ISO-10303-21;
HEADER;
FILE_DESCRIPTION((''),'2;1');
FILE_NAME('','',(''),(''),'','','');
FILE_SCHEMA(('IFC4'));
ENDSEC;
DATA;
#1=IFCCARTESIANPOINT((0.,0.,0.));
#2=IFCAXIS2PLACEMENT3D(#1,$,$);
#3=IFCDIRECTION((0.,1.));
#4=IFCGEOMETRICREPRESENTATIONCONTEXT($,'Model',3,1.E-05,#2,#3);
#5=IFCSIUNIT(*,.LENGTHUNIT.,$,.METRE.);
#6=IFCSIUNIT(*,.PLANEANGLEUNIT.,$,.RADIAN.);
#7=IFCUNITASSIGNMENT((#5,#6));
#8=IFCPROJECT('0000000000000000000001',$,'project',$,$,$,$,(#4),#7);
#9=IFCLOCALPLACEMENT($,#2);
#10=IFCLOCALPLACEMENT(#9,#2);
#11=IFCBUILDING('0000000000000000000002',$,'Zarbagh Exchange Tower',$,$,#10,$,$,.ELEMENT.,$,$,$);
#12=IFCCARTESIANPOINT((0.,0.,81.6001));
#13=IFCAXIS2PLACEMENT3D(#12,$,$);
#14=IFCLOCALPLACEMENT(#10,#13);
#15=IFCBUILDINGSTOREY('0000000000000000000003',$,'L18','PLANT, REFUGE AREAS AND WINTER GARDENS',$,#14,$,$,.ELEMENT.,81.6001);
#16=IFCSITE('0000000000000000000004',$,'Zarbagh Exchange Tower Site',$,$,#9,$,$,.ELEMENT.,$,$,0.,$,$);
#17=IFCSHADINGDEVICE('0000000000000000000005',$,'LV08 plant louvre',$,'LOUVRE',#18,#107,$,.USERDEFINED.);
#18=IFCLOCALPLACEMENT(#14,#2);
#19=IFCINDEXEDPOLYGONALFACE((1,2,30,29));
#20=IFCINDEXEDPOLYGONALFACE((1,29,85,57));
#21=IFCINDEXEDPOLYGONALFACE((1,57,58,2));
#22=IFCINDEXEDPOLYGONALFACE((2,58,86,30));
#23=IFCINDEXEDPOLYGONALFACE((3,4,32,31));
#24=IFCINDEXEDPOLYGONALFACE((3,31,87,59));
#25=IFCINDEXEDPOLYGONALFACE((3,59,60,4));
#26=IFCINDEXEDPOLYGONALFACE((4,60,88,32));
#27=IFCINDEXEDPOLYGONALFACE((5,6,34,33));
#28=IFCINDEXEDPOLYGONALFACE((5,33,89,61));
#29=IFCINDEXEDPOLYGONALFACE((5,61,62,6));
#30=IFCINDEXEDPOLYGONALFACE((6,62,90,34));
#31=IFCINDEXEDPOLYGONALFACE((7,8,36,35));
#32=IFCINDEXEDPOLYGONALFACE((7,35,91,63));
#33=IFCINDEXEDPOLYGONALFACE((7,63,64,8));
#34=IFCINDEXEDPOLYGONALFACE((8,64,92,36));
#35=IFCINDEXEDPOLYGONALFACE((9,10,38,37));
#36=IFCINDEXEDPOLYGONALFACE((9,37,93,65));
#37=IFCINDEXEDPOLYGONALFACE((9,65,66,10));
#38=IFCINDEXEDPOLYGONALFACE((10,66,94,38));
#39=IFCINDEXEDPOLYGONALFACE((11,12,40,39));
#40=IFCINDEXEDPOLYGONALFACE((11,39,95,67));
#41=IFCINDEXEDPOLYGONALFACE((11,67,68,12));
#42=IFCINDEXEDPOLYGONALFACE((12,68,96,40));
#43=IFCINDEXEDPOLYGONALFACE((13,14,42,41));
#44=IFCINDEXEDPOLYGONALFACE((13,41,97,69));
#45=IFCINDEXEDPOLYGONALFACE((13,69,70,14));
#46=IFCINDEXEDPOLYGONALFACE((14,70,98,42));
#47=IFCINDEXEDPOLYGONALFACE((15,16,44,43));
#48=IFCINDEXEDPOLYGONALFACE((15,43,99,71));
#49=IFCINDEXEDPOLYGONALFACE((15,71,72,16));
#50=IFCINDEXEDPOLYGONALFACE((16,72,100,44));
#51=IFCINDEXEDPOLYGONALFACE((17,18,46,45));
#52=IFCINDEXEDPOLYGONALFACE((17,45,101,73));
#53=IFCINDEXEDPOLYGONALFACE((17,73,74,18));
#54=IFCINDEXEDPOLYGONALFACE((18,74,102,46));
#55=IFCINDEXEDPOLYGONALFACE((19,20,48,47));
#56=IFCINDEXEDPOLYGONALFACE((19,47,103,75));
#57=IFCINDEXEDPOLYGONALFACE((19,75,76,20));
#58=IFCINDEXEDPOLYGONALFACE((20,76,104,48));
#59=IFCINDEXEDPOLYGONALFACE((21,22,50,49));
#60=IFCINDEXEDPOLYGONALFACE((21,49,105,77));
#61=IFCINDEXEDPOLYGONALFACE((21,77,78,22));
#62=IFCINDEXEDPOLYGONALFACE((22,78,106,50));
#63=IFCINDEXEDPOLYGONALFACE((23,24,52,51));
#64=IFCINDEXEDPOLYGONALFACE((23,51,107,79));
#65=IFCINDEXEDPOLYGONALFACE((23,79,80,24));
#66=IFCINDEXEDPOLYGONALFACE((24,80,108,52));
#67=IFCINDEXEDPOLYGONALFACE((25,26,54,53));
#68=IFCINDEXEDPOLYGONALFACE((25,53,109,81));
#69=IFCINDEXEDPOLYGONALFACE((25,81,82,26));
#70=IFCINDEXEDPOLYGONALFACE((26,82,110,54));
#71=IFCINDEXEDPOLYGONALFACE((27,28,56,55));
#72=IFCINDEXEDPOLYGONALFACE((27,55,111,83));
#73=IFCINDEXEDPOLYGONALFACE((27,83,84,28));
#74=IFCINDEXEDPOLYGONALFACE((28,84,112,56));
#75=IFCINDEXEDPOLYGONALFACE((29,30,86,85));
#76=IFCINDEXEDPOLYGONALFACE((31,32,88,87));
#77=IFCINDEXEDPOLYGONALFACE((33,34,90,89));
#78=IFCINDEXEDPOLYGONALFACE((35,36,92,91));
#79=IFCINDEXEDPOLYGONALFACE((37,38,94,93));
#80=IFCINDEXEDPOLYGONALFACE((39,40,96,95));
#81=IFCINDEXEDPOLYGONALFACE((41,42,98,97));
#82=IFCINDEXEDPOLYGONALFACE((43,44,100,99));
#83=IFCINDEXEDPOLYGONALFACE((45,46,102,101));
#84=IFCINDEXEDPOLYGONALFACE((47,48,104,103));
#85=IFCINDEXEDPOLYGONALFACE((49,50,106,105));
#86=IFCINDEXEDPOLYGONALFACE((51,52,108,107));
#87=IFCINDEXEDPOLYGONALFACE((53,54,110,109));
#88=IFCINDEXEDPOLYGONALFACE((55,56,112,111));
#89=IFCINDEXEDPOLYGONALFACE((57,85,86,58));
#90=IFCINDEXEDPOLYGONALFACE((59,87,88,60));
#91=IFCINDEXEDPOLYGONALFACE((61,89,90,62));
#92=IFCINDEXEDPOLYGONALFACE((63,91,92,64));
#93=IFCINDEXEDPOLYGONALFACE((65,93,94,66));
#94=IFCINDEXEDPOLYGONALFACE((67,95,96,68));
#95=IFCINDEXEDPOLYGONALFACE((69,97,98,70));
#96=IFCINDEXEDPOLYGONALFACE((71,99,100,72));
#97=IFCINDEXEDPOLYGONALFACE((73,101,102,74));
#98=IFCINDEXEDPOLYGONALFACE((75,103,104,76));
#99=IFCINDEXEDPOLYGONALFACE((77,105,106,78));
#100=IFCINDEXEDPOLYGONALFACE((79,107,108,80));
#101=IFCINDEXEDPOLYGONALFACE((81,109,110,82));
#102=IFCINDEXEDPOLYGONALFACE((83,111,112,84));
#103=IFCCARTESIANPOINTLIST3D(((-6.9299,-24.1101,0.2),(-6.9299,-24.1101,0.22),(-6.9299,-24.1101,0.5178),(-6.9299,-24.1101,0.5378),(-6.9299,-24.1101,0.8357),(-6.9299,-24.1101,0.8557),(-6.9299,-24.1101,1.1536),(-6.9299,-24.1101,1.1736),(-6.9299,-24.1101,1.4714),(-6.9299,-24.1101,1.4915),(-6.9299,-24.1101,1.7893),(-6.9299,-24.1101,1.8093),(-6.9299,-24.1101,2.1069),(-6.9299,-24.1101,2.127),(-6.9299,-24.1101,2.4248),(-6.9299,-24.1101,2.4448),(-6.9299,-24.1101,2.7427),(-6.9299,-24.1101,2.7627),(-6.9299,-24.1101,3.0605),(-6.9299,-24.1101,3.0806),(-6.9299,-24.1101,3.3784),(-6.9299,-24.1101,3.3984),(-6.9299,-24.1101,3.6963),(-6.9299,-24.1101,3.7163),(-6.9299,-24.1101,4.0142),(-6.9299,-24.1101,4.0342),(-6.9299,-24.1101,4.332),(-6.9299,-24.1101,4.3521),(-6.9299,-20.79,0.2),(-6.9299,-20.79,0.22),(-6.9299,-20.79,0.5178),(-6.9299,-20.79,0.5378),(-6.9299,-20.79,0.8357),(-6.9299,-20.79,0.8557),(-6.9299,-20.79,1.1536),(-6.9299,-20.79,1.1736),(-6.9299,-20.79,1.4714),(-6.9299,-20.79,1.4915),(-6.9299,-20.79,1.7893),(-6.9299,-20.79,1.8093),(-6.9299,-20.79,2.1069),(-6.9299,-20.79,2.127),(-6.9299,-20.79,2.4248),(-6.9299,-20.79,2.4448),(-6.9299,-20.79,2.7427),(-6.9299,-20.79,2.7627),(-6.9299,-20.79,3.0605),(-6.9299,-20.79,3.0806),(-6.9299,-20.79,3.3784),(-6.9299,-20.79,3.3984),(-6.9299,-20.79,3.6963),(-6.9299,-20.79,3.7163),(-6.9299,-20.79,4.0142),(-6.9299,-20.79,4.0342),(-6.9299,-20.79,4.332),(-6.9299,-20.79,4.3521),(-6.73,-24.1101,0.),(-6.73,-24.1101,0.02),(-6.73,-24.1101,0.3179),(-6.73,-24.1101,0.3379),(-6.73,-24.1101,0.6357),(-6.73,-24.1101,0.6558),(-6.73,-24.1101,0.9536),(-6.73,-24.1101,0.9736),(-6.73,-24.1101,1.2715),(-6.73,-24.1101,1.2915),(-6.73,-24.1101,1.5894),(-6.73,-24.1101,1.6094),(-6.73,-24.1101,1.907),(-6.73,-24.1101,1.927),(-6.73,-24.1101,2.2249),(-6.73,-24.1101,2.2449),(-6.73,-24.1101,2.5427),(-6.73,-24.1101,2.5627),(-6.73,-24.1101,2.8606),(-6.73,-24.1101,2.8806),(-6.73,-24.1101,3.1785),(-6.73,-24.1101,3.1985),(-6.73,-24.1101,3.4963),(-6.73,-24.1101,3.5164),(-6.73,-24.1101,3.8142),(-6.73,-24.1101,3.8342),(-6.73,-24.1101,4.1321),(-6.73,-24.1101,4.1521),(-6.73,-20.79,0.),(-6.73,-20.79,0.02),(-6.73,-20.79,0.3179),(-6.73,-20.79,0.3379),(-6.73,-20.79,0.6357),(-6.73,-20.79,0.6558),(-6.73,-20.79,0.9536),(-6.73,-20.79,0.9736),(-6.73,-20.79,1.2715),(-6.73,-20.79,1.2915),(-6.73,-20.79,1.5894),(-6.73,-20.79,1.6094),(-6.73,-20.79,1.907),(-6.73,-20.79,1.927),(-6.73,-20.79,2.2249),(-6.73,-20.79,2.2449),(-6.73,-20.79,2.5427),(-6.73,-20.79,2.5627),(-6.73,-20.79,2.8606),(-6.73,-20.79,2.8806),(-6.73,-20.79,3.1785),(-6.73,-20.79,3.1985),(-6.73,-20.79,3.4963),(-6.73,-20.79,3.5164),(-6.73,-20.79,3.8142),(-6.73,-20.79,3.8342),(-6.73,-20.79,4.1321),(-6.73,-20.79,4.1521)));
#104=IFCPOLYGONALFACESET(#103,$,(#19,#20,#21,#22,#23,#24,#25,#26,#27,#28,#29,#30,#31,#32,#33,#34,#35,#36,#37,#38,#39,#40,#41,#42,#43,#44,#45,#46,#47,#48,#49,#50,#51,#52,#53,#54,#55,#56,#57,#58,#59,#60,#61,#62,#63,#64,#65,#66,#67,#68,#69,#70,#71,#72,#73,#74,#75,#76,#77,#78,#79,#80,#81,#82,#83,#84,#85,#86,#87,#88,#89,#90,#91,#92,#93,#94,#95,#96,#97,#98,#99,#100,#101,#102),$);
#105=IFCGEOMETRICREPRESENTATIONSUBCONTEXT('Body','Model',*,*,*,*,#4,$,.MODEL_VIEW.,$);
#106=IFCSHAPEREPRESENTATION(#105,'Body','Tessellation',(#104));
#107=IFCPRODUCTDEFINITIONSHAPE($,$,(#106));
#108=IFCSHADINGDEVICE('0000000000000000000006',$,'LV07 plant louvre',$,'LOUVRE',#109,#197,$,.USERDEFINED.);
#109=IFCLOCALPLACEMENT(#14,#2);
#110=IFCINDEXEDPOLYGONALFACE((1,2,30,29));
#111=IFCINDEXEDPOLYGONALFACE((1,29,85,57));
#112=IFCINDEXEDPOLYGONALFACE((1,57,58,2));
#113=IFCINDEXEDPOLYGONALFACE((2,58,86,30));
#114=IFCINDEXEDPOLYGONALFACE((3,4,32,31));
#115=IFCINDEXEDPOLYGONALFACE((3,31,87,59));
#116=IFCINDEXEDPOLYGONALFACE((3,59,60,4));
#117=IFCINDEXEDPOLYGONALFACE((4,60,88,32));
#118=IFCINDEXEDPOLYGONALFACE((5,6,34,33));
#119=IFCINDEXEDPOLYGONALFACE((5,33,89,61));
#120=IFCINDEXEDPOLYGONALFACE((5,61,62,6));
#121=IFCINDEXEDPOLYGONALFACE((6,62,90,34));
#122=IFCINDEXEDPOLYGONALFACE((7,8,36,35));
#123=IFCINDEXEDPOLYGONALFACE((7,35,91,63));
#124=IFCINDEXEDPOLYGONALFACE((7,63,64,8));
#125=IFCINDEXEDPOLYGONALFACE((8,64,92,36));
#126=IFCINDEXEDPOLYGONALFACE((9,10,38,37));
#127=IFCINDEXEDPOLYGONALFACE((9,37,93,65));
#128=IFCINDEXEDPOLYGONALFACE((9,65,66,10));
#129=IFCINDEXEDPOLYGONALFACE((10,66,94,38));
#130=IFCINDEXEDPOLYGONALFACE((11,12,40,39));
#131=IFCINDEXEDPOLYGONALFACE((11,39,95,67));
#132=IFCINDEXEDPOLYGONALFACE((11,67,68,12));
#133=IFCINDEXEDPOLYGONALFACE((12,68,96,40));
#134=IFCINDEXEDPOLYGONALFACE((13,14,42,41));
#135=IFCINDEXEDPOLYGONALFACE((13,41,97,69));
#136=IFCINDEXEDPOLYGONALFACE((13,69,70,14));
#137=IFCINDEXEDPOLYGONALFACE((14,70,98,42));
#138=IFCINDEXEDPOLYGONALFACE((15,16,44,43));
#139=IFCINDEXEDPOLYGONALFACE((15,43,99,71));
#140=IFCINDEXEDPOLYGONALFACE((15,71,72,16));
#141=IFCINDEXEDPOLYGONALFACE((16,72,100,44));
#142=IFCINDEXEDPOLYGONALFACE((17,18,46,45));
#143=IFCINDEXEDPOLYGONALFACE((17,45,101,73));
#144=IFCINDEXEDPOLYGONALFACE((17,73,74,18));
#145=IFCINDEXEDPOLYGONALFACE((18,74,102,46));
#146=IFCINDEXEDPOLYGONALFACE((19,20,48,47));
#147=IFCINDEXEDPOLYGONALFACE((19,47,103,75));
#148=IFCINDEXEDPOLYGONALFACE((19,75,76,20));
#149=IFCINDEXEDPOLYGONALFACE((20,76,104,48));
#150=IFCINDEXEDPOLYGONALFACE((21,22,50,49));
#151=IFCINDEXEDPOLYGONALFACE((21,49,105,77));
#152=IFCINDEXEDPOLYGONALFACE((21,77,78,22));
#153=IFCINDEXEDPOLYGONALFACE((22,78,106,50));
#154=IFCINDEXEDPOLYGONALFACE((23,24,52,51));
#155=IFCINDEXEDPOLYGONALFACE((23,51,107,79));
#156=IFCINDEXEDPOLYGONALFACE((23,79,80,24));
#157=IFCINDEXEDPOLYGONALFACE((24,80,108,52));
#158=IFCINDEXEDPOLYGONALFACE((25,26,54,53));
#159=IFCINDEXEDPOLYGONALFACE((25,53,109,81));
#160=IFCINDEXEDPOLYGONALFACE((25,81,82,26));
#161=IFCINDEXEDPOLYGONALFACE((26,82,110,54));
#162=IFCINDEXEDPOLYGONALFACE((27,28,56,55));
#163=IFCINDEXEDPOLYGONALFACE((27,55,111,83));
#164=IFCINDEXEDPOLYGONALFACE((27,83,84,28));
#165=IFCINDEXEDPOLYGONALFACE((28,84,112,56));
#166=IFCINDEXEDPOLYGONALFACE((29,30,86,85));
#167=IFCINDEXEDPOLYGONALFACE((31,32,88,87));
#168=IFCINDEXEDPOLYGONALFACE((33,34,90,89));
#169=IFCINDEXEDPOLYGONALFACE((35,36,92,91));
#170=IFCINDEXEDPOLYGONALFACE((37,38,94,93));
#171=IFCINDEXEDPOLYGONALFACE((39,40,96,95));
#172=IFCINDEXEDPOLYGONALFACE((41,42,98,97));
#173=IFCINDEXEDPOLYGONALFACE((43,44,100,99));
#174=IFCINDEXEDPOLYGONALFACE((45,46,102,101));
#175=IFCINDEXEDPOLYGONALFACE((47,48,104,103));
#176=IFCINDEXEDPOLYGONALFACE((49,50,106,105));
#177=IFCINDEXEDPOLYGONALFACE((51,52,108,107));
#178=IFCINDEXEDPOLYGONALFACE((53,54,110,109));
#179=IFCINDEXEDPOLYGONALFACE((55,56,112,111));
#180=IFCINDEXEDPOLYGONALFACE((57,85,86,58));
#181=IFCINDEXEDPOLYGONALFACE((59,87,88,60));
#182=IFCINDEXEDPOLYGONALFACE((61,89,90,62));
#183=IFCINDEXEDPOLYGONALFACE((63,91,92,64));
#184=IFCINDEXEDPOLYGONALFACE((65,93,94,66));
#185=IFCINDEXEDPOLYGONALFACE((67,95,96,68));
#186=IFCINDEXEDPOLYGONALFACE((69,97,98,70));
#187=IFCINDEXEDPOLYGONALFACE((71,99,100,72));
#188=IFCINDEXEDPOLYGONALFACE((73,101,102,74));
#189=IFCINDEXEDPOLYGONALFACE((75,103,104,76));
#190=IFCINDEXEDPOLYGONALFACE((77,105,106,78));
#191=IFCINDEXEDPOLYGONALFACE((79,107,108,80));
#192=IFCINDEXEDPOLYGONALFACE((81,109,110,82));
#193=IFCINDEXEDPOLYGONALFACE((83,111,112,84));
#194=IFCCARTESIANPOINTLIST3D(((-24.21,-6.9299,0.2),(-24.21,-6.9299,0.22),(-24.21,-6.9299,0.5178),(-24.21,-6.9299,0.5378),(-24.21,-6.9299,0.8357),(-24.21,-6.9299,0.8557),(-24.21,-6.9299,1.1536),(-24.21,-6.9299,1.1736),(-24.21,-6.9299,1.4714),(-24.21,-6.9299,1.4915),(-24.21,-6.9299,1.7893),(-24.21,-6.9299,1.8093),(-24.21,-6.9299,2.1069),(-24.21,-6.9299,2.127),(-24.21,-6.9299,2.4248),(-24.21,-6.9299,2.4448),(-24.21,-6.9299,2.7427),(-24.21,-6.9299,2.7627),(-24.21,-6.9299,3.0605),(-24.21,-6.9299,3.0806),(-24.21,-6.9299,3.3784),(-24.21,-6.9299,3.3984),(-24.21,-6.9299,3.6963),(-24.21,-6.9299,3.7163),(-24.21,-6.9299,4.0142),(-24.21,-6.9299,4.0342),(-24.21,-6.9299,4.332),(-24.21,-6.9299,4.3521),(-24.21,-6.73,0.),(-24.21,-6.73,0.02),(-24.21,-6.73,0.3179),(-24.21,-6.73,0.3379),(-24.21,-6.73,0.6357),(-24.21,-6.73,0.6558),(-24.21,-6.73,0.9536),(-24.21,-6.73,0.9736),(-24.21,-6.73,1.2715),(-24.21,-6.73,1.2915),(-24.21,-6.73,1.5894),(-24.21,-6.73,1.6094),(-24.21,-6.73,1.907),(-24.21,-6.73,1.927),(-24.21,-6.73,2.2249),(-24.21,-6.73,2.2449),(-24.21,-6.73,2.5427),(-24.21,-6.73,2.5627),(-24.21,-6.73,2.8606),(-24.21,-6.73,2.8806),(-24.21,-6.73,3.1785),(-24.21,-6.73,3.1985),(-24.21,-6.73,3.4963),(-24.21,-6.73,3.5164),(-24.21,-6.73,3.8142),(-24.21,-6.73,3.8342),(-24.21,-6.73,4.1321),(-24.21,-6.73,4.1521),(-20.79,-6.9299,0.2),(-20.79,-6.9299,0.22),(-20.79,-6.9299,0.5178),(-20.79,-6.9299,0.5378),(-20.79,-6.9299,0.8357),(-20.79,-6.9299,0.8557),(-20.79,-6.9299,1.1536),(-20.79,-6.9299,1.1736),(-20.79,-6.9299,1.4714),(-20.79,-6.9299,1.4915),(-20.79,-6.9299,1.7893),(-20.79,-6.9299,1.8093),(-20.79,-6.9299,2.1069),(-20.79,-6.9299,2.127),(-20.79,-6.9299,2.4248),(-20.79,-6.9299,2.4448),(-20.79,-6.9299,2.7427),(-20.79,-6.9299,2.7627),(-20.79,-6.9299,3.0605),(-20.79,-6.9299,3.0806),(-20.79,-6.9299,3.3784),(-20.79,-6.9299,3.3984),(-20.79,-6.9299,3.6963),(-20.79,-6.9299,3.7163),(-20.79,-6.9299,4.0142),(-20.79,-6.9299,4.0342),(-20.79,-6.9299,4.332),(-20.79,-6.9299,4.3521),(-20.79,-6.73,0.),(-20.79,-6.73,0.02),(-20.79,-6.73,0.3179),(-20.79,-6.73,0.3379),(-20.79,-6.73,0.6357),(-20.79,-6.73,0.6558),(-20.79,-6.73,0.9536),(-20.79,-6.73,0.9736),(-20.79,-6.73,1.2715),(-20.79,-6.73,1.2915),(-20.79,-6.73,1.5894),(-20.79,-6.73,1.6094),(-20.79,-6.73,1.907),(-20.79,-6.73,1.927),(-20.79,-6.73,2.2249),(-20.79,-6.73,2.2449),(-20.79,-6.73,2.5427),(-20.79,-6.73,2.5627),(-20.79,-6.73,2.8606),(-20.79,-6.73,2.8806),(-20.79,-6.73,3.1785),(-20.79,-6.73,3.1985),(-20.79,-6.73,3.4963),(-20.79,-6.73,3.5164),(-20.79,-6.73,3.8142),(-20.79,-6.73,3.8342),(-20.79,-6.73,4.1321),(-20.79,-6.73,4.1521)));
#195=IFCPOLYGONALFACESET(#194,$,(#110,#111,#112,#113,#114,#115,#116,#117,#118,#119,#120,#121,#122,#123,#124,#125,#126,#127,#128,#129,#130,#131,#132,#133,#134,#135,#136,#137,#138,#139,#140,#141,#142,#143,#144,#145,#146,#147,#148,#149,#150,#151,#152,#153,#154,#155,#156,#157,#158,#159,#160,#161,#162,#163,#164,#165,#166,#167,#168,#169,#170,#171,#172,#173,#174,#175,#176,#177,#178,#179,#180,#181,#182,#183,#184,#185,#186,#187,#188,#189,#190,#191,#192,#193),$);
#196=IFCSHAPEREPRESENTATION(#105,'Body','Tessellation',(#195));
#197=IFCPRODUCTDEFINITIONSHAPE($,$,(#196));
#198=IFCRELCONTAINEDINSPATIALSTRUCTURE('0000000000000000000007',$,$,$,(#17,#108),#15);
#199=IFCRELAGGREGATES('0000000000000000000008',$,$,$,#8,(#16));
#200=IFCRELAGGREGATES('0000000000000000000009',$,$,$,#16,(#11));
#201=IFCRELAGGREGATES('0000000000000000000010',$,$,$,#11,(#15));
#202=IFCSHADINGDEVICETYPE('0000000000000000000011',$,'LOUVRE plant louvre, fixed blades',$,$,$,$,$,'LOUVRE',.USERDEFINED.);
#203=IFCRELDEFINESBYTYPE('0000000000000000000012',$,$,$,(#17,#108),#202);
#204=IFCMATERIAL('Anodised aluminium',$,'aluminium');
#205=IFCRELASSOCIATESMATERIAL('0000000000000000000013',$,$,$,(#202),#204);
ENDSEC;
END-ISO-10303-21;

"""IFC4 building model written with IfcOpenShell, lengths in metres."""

from ifc_helpers import new_model, si_unit, direction, frame, origin, place, context, subcontext, project, spatial, polyline, outline, extrude, source, transform, mapped, material, type_object, element, save


model = new_model("IFC4")

# Units and contexts
model_context = context("Model", 3, precision=1e-05, world=origin(), true_north=direction((0.0, 1.0)))
body_context = subcontext(model_context, "Body", "Model", "MODEL_VIEW")
ifc_project = project(units=[si_unit("LENGTHUNIT", "METRE"), si_unit("PLANEANGLEUNIT", "RADIAN")], contexts=[model_context])

# Site, building, storey
site_placement = place(None, origin())
site = spatial("IfcSite", under=ifc_project, at=site_placement, Name="Zarbagh Exchange Tower Site", CompositionType="ELEMENT", RefElevation=0.0)
building_placement = place(site_placement, origin())
building = spatial("IfcBuilding", under=site, at=building_placement, Name="Zarbagh Exchange Tower", CompositionType="ELEMENT")
storey_placement = place(building_placement, frame((0.0, 0.0, 81.6001)))
storey = spatial("IfcBuildingStorey", under=building, at=storey_placement, Name="L18", Description="PLANT, REFUGE AREAS AND WINTER GARDENS", CompositionType="ELEMENT", Elevation=81.6001)

# Shared definitions
placement = place(storey_placement, origin())

# Shading devices
ifc_material_1 = material(Name="Anodised aluminium", Category="aluminium")
shading_device_type = type_object("IfcShadingDeviceType", Name="LOUVRE plant louvre, fixed blades", ElementType="LOUVRE", PredefinedType="USERDEFINED", material=ifc_material_1)
shared_shape_1 = source(origin(), body_context, "Body", "SweptSolid", [
    extrude(outline(polyline([(0.0, 0.2), (0.2, 0.0), (0.2, -0.02), (0.0, 0.1799), (0.0, 0.2)])), origin(), (0.0, 0.0, 1.0), 3.3201),
])
element("IfcShadingDevice", 1, at=placement, inside=storey, type_object=shading_device_type, Name="LV08 plant louvre", ObjectType="LOUVRE", PredefinedType="USERDEFINED", context=body_context, shape_type="MappedRepresentation", body=[
    mapped(shared_shape_1, transform((-6.73, -20.79, 0.2), x_axis=(-1.0, 0.0, 0.0), y_axis=(0.0, 0.0, -1.0), z_axis=(0.0, -1.0, 0.0))),
    mapped(shared_shape_1, transform((-6.73, -20.79, 0.5178), x_axis=(-1.0, 0.0, 0.0), y_axis=(0.0, 0.0, -1.0), z_axis=(0.0, -1.0, 0.0))),
    mapped(shared_shape_1, transform((-6.73, -20.79, 0.8357), x_axis=(-1.0, 0.0, 0.0), y_axis=(0.0, 0.0, -1.0), z_axis=(0.0, -1.0, 0.0))),
    mapped(shared_shape_1, transform((-6.73, -20.79, 1.1536), x_axis=(-1.0, 0.0, 0.0), y_axis=(0.0, 0.0, -1.0), z_axis=(0.0, -1.0, 0.0))),
    mapped(shared_shape_1, transform((-6.73, -20.79, 1.4714), x_axis=(-1.0, 0.0, 0.0), y_axis=(0.0, 0.0, -1.0), z_axis=(0.0, -1.0, 0.0))),
    mapped(shared_shape_1, transform((-6.73, -20.79, 1.7893), x_axis=(-1.0, 0.0, 0.0), y_axis=(0.0, 0.0, -1.0), z_axis=(0.0, -1.0, 0.0))),
    mapped(shared_shape_1, transform((-6.73, -20.79, 2.1069), x_axis=(-1.0, 0.0, 0.0), y_axis=(0.0, 0.0, -1.0), z_axis=(0.0, -1.0, 0.0))),
    mapped(shared_shape_1, transform((-6.73, -20.79, 2.4248), x_axis=(-1.0, 0.0, 0.0), y_axis=(0.0, 0.0, -1.0), z_axis=(0.0, -1.0, 0.0))),
    mapped(shared_shape_1, transform((-6.73, -20.79, 2.7427), x_axis=(-1.0, 0.0, 0.0), y_axis=(0.0, 0.0, -1.0), z_axis=(0.0, -1.0, 0.0))),
    mapped(shared_shape_1, transform((-6.73, -20.79, 3.0605), x_axis=(-1.0, 0.0, 0.0), y_axis=(0.0, 0.0, -1.0), z_axis=(0.0, -1.0, 0.0))),
    mapped(shared_shape_1, transform((-6.73, -20.79, 3.3784), x_axis=(-1.0, 0.0, 0.0), y_axis=(0.0, 0.0, -1.0), z_axis=(0.0, -1.0, 0.0))),
    mapped(shared_shape_1, transform((-6.73, -20.79, 3.6963), x_axis=(-1.0, 0.0, 0.0), y_axis=(0.0, 0.0, -1.0), z_axis=(0.0, -1.0, 0.0))),
    mapped(shared_shape_1, transform((-6.73, -20.79, 4.0142), x_axis=(-1.0, 0.0, 0.0), y_axis=(0.0, 0.0, -1.0), z_axis=(0.0, -1.0, 0.0))),
    mapped(shared_shape_1, transform((-6.73, -20.79, 4.332), x_axis=(-1.0, 0.0, 0.0), y_axis=(0.0, 0.0, -1.0), z_axis=(0.0, -1.0, 0.0))),
])
shared_shape_2 = source(origin(), body_context, "Body", "SweptSolid", [
    extrude(outline(polyline([(0.0, 0.2), (0.2, 0.0), (0.2, -0.02), (0.0, 0.1799), (0.0, 0.2)])), origin(), (0.0, 0.0, 1.0), 3.4199),
])
element("IfcShadingDevice", 2, at=placement, inside=storey, type_object=shading_device_type, Name="LV07 plant louvre", ObjectType="LOUVRE", PredefinedType="USERDEFINED", context=body_context, shape_type="MappedRepresentation", body=[
    mapped(shared_shape_2, transform((-24.21, -6.73, 0.2), x_axis=(0.0, -1.0, 0.0), y_axis=(0.0, 0.0, -1.0), z_axis=(1.0, 0.0, 0.0))),
    mapped(shared_shape_2, transform((-24.21, -6.73, 0.5178), x_axis=(0.0, -1.0, 0.0), y_axis=(0.0, 0.0, -1.0), z_axis=(1.0, 0.0, 0.0))),
    mapped(shared_shape_2, transform((-24.21, -6.73, 0.8357), x_axis=(0.0, -1.0, 0.0), y_axis=(0.0, 0.0, -1.0), z_axis=(1.0, 0.0, 0.0))),
    mapped(shared_shape_2, transform((-24.21, -6.73, 1.1536), x_axis=(0.0, -1.0, 0.0), y_axis=(0.0, 0.0, -1.0), z_axis=(1.0, 0.0, 0.0))),
    mapped(shared_shape_2, transform((-24.21, -6.73, 1.4714), x_axis=(0.0, -1.0, 0.0), y_axis=(0.0, 0.0, -1.0), z_axis=(1.0, 0.0, 0.0))),
    mapped(shared_shape_2, transform((-24.21, -6.73, 1.7893), x_axis=(0.0, -1.0, 0.0), y_axis=(0.0, 0.0, -1.0), z_axis=(1.0, 0.0, 0.0))),
    mapped(shared_shape_2, transform((-24.21, -6.73, 2.1069), x_axis=(0.0, -1.0, 0.0), y_axis=(0.0, 0.0, -1.0), z_axis=(1.0, 0.0, 0.0))),
    mapped(shared_shape_2, transform((-24.21, -6.73, 2.4248), x_axis=(0.0, -1.0, 0.0), y_axis=(0.0, 0.0, -1.0), z_axis=(1.0, 0.0, 0.0))),
    mapped(shared_shape_2, transform((-24.21, -6.73, 2.7427), x_axis=(0.0, -1.0, 0.0), y_axis=(0.0, 0.0, -1.0), z_axis=(1.0, 0.0, 0.0))),
    mapped(shared_shape_2, transform((-24.21, -6.73, 3.0605), x_axis=(0.0, -1.0, 0.0), y_axis=(0.0, 0.0, -1.0), z_axis=(1.0, 0.0, 0.0))),
    mapped(shared_shape_2, transform((-24.21, -6.73, 3.3784), x_axis=(0.0, -1.0, 0.0), y_axis=(0.0, 0.0, -1.0), z_axis=(1.0, 0.0, 0.0))),
    mapped(shared_shape_2, transform((-24.21, -6.73, 3.6963), x_axis=(0.0, -1.0, 0.0), y_axis=(0.0, 0.0, -1.0), z_axis=(1.0, 0.0, 0.0))),
    mapped(shared_shape_2, transform((-24.21, -6.73, 4.0142), x_axis=(0.0, -1.0, 0.0), y_axis=(0.0, 0.0, -1.0), z_axis=(1.0, 0.0, 0.0))),
    mapped(shared_shape_2, transform((-24.21, -6.73, 4.332), x_axis=(0.0, -1.0, 0.0), y_axis=(0.0, 0.0, -1.0), z_axis=(1.0, 0.0, 0.0))),
])

save(model, "model.ifc")
